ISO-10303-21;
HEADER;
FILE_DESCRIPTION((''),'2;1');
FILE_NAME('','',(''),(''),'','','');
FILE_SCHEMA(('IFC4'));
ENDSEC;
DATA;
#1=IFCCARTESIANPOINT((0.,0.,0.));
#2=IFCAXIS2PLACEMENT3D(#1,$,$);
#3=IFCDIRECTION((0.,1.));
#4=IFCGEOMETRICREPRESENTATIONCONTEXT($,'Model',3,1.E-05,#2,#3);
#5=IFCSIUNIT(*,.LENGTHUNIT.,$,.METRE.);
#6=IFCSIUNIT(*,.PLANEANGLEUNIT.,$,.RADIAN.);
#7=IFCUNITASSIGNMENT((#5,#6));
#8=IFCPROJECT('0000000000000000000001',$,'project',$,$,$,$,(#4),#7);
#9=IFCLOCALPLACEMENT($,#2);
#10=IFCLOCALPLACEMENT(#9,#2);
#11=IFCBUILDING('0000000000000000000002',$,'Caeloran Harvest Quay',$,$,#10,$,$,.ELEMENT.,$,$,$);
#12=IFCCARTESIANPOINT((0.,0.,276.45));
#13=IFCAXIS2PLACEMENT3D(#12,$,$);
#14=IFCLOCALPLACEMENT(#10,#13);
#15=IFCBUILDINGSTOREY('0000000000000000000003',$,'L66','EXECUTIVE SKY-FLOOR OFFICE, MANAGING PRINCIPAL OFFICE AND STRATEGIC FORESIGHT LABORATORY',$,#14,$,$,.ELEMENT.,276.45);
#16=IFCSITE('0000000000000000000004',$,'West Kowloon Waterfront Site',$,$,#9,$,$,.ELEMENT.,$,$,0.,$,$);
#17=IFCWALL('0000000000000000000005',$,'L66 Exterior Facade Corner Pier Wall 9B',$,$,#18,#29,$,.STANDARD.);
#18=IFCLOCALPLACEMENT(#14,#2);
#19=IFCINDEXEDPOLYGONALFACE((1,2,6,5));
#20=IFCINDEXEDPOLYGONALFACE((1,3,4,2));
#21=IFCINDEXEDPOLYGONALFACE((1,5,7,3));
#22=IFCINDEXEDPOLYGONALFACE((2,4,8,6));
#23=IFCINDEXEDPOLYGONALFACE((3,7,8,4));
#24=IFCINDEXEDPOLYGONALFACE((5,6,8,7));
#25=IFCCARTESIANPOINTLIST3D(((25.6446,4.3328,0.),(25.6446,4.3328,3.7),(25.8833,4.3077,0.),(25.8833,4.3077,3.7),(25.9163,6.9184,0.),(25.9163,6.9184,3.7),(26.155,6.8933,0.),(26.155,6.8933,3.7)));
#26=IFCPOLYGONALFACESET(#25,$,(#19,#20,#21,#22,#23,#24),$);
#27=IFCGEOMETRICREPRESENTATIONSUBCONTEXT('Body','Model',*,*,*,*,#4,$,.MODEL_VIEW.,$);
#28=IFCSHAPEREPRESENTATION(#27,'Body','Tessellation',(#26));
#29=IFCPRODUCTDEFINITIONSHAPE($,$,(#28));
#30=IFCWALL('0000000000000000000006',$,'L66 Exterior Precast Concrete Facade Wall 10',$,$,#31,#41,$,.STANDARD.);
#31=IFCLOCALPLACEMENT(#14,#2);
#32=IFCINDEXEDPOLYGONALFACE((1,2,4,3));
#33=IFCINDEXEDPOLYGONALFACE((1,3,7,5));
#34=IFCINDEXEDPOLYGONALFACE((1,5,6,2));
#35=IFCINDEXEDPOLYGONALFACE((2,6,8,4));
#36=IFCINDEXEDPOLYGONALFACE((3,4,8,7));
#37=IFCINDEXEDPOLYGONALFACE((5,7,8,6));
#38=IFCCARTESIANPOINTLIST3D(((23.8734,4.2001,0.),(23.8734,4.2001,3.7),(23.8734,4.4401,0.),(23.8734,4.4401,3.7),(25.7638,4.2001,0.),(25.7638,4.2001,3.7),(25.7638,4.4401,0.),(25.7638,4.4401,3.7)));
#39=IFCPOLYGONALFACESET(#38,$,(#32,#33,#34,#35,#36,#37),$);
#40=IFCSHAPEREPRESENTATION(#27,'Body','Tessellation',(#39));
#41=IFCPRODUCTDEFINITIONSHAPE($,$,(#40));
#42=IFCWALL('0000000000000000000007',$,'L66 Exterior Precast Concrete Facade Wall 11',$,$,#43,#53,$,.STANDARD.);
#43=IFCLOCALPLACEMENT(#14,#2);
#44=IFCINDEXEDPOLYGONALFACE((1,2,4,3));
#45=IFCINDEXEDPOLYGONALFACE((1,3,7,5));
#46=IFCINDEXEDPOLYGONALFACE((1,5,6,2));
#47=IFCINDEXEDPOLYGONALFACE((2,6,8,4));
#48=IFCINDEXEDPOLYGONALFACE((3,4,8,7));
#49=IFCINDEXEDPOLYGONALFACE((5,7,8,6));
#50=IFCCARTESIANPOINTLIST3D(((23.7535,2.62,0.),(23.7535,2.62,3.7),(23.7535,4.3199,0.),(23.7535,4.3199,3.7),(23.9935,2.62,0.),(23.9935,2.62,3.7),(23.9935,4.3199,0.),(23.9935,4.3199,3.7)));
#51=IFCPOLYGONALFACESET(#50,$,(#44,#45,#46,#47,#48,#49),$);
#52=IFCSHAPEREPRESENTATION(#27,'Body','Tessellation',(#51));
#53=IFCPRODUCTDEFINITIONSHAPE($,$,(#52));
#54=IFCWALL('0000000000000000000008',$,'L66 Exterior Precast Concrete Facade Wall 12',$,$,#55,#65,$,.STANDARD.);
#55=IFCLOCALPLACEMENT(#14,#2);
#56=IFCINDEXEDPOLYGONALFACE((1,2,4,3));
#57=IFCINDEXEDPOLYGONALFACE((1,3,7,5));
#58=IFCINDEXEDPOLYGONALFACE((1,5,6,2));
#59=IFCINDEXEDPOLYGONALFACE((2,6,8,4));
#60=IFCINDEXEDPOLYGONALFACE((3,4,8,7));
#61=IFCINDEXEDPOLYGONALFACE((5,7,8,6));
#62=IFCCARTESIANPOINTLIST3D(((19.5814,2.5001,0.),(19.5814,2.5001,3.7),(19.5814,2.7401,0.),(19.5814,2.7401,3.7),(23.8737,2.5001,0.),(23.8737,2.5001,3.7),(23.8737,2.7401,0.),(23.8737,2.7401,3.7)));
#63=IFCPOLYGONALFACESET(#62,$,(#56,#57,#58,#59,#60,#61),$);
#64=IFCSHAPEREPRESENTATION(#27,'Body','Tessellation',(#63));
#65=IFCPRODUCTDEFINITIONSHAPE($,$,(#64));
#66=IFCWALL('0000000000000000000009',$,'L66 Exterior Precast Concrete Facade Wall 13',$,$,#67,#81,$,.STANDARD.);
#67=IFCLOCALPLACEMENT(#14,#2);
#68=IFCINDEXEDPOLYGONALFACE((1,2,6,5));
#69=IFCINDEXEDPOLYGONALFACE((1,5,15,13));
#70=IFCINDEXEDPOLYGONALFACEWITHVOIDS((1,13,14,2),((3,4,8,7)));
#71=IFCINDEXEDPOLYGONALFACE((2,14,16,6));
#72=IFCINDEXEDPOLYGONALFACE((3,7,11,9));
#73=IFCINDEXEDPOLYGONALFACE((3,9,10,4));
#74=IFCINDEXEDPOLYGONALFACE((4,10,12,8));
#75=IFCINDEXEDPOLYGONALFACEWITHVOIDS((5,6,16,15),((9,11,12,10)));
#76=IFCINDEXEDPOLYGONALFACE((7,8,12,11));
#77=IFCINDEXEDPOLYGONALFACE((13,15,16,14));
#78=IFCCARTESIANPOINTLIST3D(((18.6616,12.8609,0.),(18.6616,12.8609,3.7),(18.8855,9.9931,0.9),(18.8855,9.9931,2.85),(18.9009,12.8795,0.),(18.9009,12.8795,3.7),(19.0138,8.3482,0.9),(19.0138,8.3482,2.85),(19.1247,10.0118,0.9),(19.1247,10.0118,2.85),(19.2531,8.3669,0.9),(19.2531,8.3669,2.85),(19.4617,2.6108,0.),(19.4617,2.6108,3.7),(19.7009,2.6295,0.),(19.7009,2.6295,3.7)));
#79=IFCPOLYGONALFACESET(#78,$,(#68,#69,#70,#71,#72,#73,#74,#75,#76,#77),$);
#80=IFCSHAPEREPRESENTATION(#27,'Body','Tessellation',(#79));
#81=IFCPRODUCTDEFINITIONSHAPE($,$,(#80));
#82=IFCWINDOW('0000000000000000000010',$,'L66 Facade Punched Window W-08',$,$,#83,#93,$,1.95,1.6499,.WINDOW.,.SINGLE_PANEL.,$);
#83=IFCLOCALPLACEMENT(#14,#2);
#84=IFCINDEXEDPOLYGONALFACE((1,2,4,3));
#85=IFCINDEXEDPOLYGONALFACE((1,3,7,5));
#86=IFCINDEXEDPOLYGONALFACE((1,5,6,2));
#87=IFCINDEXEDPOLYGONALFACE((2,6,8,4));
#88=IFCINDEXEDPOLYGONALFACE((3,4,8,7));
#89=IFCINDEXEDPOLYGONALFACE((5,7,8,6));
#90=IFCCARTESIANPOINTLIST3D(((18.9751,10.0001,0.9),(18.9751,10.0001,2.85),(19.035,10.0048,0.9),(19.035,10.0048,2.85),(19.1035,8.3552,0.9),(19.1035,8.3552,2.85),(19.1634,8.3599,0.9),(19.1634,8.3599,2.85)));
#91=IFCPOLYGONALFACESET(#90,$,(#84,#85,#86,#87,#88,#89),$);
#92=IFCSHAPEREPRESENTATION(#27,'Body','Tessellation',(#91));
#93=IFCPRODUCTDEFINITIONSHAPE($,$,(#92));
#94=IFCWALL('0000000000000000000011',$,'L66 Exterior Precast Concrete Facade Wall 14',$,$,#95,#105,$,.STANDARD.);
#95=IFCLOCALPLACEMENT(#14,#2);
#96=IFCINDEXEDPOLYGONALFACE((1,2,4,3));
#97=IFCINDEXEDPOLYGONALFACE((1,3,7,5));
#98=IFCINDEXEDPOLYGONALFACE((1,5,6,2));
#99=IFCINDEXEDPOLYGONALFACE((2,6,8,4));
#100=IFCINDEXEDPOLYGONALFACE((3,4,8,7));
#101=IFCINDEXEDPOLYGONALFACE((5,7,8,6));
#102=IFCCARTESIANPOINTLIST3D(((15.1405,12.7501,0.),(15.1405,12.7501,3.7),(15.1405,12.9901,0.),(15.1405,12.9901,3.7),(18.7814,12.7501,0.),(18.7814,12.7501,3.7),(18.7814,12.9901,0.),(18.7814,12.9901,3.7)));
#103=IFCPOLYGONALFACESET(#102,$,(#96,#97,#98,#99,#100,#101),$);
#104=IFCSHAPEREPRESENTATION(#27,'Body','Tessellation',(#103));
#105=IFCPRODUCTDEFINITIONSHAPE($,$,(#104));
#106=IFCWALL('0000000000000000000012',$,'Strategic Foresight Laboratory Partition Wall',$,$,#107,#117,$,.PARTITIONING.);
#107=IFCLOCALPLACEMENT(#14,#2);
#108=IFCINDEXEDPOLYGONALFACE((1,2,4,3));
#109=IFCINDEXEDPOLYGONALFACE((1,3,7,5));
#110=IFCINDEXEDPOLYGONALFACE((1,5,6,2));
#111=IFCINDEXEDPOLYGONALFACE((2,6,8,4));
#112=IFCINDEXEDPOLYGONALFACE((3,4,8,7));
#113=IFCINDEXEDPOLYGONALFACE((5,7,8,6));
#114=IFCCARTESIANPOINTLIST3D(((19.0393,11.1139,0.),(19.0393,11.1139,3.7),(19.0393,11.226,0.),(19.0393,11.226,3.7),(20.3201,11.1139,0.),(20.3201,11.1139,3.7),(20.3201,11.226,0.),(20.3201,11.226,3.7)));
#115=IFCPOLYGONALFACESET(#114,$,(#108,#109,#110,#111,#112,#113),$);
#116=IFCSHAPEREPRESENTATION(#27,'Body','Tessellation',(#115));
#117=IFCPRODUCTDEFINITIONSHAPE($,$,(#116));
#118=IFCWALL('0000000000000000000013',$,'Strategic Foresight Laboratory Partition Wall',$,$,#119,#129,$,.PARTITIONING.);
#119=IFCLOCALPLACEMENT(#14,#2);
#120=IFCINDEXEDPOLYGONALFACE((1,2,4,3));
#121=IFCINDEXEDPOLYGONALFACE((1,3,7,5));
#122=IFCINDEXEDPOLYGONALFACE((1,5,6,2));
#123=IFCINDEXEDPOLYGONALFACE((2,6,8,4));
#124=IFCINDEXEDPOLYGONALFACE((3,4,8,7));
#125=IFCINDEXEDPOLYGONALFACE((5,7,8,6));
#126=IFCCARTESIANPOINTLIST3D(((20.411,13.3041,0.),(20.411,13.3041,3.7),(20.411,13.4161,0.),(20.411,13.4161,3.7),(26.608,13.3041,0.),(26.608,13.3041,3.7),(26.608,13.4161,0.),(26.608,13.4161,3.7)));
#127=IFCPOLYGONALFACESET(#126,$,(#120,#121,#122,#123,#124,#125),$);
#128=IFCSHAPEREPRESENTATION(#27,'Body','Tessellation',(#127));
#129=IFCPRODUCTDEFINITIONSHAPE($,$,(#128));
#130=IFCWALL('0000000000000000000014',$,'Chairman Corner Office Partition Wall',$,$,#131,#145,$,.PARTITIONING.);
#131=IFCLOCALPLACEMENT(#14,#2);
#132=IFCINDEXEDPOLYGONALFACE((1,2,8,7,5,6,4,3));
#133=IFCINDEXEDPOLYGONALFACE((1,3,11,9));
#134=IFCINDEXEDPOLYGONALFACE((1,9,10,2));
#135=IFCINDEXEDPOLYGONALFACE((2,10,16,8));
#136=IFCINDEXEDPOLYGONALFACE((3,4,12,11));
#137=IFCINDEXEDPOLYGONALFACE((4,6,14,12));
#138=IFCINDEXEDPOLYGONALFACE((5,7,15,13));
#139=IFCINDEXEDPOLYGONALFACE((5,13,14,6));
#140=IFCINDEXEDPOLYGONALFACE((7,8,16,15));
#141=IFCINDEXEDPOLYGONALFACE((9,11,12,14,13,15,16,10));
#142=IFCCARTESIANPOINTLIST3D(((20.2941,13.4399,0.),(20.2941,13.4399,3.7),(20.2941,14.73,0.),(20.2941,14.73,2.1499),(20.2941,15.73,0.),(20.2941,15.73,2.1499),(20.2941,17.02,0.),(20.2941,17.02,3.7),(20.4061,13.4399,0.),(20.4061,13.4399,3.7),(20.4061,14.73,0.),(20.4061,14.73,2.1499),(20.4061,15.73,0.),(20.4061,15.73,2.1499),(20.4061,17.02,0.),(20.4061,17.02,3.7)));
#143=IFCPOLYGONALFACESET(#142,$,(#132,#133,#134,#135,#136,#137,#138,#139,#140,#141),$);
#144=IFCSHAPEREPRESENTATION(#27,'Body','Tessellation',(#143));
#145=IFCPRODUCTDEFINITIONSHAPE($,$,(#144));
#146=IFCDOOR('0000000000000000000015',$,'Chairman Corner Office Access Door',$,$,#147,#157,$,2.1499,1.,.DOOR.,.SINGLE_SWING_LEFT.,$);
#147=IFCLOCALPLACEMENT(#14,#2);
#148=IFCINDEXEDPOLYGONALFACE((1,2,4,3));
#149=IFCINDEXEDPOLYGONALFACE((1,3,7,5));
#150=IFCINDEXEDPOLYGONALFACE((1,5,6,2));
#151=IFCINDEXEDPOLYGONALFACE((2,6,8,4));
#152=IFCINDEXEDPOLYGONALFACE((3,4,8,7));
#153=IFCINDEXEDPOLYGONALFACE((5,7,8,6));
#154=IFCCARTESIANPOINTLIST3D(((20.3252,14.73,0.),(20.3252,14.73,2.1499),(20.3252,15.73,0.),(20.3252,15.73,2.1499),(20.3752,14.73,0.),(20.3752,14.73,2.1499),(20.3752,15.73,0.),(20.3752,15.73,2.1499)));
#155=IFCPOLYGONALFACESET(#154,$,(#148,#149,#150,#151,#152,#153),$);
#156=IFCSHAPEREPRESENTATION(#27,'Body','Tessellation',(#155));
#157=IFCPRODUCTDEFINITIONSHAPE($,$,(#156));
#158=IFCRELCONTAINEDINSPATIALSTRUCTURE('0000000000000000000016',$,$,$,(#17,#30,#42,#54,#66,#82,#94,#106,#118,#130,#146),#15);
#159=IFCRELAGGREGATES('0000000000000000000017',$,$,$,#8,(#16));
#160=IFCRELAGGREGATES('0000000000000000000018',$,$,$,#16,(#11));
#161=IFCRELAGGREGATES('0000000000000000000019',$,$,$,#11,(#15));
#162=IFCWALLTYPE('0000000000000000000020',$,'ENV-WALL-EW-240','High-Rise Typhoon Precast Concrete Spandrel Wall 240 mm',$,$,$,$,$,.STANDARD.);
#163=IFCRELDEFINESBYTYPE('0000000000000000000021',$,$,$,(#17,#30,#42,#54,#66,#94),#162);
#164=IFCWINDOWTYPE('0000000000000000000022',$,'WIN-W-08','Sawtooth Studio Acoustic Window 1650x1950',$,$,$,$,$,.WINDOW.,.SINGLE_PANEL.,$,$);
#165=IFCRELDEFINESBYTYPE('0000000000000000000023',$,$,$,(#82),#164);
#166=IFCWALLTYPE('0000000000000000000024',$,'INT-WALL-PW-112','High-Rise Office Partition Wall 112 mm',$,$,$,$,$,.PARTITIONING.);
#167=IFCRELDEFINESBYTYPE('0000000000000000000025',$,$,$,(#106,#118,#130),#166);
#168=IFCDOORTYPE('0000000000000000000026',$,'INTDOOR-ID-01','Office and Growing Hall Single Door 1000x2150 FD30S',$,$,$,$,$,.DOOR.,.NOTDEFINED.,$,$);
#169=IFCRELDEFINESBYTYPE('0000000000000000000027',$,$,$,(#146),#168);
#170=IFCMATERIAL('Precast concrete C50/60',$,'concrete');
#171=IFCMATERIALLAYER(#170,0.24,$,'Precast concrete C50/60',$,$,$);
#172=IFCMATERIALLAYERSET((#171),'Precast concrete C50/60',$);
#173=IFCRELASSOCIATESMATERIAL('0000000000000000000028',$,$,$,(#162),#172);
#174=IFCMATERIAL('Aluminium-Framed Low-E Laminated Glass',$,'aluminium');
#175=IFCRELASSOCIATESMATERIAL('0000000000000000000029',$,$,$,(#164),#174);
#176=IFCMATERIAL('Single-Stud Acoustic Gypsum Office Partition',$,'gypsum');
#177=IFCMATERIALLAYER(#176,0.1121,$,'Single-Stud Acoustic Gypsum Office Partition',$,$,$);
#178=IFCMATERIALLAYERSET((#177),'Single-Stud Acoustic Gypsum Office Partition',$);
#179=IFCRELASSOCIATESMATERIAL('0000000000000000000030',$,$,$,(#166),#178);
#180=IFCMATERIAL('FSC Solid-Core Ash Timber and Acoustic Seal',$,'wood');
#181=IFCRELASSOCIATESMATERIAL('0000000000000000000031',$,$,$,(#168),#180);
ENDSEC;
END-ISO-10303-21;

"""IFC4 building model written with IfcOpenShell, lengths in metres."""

from ifc_helpers import new_model, si_unit, direction, frame, frame_2d, origin, place, context, subcontext, project, spatial, rectangle, extrude, material, layer, layer_set, type_object, element, fill, save


model = new_model("IFC4")

# Units and contexts
model_context = context("Model", 3, precision=1e-05, world=origin(), true_north=direction((0.0, 1.0)))
body_context = subcontext(model_context, "Body", "Model", "MODEL_VIEW")
ifc_project = project(units=[si_unit("LENGTHUNIT", "METRE"), si_unit("PLANEANGLEUNIT", "RADIAN")], contexts=[model_context])

# Site, building, storey
site_placement = place(None, origin())
site = spatial("IfcSite", under=ifc_project, at=site_placement, Name="West Kowloon Waterfront Site", CompositionType="ELEMENT", RefElevation=0.0)
building_placement = place(site_placement, origin())
building = spatial("IfcBuilding", under=site, at=building_placement, Name="Caeloran Harvest Quay", CompositionType="ELEMENT")
storey_placement = place(building_placement, frame((0.0, 0.0, 276.45)))
storey = spatial("IfcBuildingStorey", under=building, at=storey_placement, Name="L66", Description="EXECUTIVE SKY-FLOOR OFFICE, MANAGING PRINCIPAL OFFICE AND STRATEGIC FORESIGHT LABORATORY", CompositionType="ELEMENT", Elevation=276.45)

# Walls
ifc_material_1 = material(Name="Precast concrete C50/60", Category="concrete")
ifc_layer_1 = layer(ifc_material_1, 0.24, Name="Precast concrete C50/60")
ifc_layer_set_1 = layer_set([ifc_layer_1], Name="Precast concrete C50/60")
wall_type_1 = type_object("IfcWallType", Name="ENV-WALL-EW-240", Description="High-Rise Typhoon Precast Concrete Spandrel Wall 240 mm", PredefinedType="STANDARD", material=ifc_layer_set_1)
wall_1_placement = place(storey_placement, frame((26.0356, 6.9058, 0.0), z_axis=(0.0, 0.0, 1.0), x_axis=(-0.104514, -0.994523, 0.0)))
element("IfcWall", 1, at=wall_1_placement, inside=storey, type_object=wall_type_1, Name="L66 Exterior Facade Corner Pier Wall 9B", PredefinedType="STANDARD", context=body_context, shape_type="SweptSolid", body=[
    extrude(rectangle(XDim=2.5999, YDim=0.24, at=frame_2d((1.2998, 0.0))), origin(), (0.0, 0.0, 1.0), 3.7),
])
wall_2_placement = place(storey_placement, frame((25.7639, 4.3201, 0.0), z_axis=(0.0, 0.0, 1.0), x_axis=(-1.0, 0.0, 0.0)))
element("IfcWall", 2, at=wall_2_placement, inside=storey, type_object=wall_type_1, Name="L66 Exterior Precast Concrete Facade Wall 10", PredefinedType="STANDARD", context=body_context, shape_type="SweptSolid", body=[
    extrude(rectangle(XDim=1.8904, YDim=0.24, at=frame_2d((0.9453, 0.0))), origin(), (0.0, 0.0, 1.0), 3.7),
])
wall_3_placement = place(storey_placement, frame((23.8735, 4.3201, 0.0), z_axis=(0.0, 0.0, 1.0), x_axis=(0.0, -1.0, 0.0)))
element("IfcWall", 3, at=wall_3_placement, inside=storey, type_object=wall_type_1, Name="L66 Exterior Precast Concrete Facade Wall 11", PredefinedType="STANDARD", context=body_context, shape_type="SweptSolid", body=[
    extrude(rectangle(XDim=1.7, YDim=0.24, at=frame_2d((0.8501, 0.0))), origin(), (0.0, 0.0, 1.0), 3.7),
])
wall_4_placement = place(storey_placement, frame((23.8735, 2.6201, 0.0), z_axis=(0.0, 0.0, 1.0), x_axis=(-1.0, 0.0, 0.0)))
element("IfcWall", 4, at=wall_4_placement, inside=storey, type_object=wall_type_1, Name="L66 Exterior Precast Concrete Facade Wall 12", PredefinedType="STANDARD", context=body_context, shape_type="SweptSolid", body=[
    extrude(rectangle(XDim=4.2922, YDim=0.24, at=frame_2d((2.146, 0.0))), origin(), (0.0, 0.0, 1.0), 3.7),
])

# Wall, opening, window
wall_5_placement = place(storey_placement, frame((19.5813, 2.6201, 0.0), z_axis=(0.0, 0.0, 1.0), x_axis=(-0.077817, 0.996968, 0.0)))
wall_5 = element("IfcWall", 5, at=wall_5_placement, inside=storey, type_object=wall_type_1, Name="L66 Exterior Precast Concrete Facade Wall 13", PredefinedType="STANDARD", context=body_context, shape_type="SweptSolid", body=[
    extrude(rectangle(XDim=10.2812, YDim=0.24, at=frame_2d((5.1406, 0.0))), origin(), (0.0, 0.0, 1.0), 3.7),
])
opening_1_placement = place(wall_5_placement, frame((5.7549, 0.0, 0.8999)))
opening_1 = element("IfcOpeningElement", 6, at=opening_1_placement, cuts=wall_5, PredefinedType="OPENING", context=body_context, shape_type="SweptSolid", body=[
    extrude(rectangle(XDim=1.6499, YDim=1.95, at=frame_2d((0.825, 0.9751))), frame((0.0, 0.1299, 0.0), z_axis=(0.0, -1.0, 0.0), x_axis=(1.0, 0.0, 0.0)), (0.0, 0.0, 1.0), 0.26),
])
ifc_material_2 = material(Name="Aluminium-Framed Low-E Laminated Glass", Category="aluminium")
window_type = type_object("IfcWindowType", Name="WIN-W-08", Description="Sawtooth Studio Acoustic Window 1650x1950", PartitioningType="SINGLE_PANEL", PredefinedType="WINDOW", material=ifc_material_2)
window_placement = place(opening_1_placement, origin())
window = element("IfcWindow", 7, at=window_placement, inside=storey, type_object=window_type, Name="L66 Facade Punched Window W-08", OverallHeight=1.95, OverallWidth=1.6499, PartitioningType="SINGLE_PANEL", PredefinedType="WINDOW", context=body_context, shape_type="SweptSolid", body=[
    extrude(rectangle(XDim=1.6499, YDim=1.95, at=frame_2d((0.825, 0.9751))), frame((0.0, 0.03, 0.0), z_axis=(0.0, -1.0, 0.0), x_axis=(1.0, 0.0, 0.0)), (0.0, 0.0, 1.0), 0.0601),
])
fill(opening_1, window)

# Walls
wall_6_placement = place(storey_placement, frame((18.7812, 12.8701, 0.0), z_axis=(0.0, 0.0, 1.0), x_axis=(-1.0, 0.0, 0.0)))
element("IfcWall", 8, at=wall_6_placement, inside=storey, type_object=wall_type_1, Name="L66 Exterior Precast Concrete Facade Wall 14", PredefinedType="STANDARD", context=body_context, shape_type="SweptSolid", body=[
    extrude(rectangle(XDim=3.6409, YDim=0.24, at=frame_2d((1.8203, 0.0))), origin(), (0.0, 0.0, 1.0), 3.7),
])
ifc_material_3 = material(Name="Single-Stud Acoustic Gypsum Office Partition", Category="gypsum")
ifc_layer_2 = layer(ifc_material_3, 0.1121, Name="Single-Stud Acoustic Gypsum Office Partition")
ifc_layer_set_2 = layer_set([ifc_layer_2], Name="Single-Stud Acoustic Gypsum Office Partition")
wall_type_2 = type_object("IfcWallType", Name="INT-WALL-PW-112", Description="High-Rise Office Partition Wall 112 mm", PredefinedType="PARTITIONING", material=ifc_layer_set_2)
wall_7_placement = place(storey_placement, frame((19.0393, 11.1699, 0.0), z_axis=(0.0, 0.0, 1.0), x_axis=(1.0, 0.0, 0.0)))
element("IfcWall", 9, at=wall_7_placement, inside=storey, type_object=wall_type_2, Name="Strategic Foresight Laboratory Partition Wall", PredefinedType="PARTITIONING", context=body_context, shape_type="SweptSolid", body=[
    extrude(rectangle(XDim=1.2808, YDim=0.1121, at=frame_2d((0.6404, 0.0))), origin(), (0.0, 0.0, 1.0), 3.7),
])

# Shared definitions
ifc_material_4 = material(Name="FSC Solid-Core Ash Timber and Acoustic Seal", Category="wood")
door_type = type_object("IfcDoorType", Name="INTDOOR-ID-01", Description="Office and Growing Hall Single Door 1000x2150 FD30S", OperationType="NOTDEFINED", PredefinedType="DOOR", material=ifc_material_4)

# Wall
wall_8_placement = place(storey_placement, frame((20.4109, 13.3601, 0.0), z_axis=(0.0, 0.0, 1.0), x_axis=(1.0, 0.0, 0.0)))
element("IfcWall", 10, at=wall_8_placement, inside=storey, type_object=wall_type_2, Name="Strategic Foresight Laboratory Partition Wall", PredefinedType="PARTITIONING", context=body_context, shape_type="SweptSolid", body=[
    extrude(rectangle(XDim=6.197, YDim=0.1121, at=frame_2d((3.0986, 0.0))), origin(), (0.0, 0.0, 1.0), 3.7),
])

# Wall, opening, door
wall_9_placement = place(storey_placement, frame((20.3501, 13.4399, 0.0), z_axis=(0.0, 0.0, 1.0), x_axis=(0.0, 1.0, 0.0)))
wall_9 = element("IfcWall", 11, at=wall_9_placement, inside=storey, type_object=wall_type_2, Name="Chairman Corner Office Partition Wall", PredefinedType="PARTITIONING", context=body_context, shape_type="SweptSolid", body=[
    extrude(rectangle(XDim=3.5801, YDim=0.1121, at=frame_2d((1.79, 0.0))), origin(), (0.0, 0.0, 1.0), 3.7),
])
opening_2_placement = place(wall_9_placement, frame((1.29, 0.0, 0.0)))
opening_2 = element("IfcOpeningElement", 12, at=opening_2_placement, cuts=wall_9, PredefinedType="OPENING", context=body_context, shape_type="SweptSolid", body=[
    extrude(rectangle(XDim=1.0, YDim=2.1499, at=frame_2d((0.5, 1.075))), frame((0.0, 0.0659, 0.0), z_axis=(0.0, -1.0, 0.0), x_axis=(1.0, 0.0, 0.0)), (0.0, 0.0, 1.0), 0.1321),
])
door_1_placement = place(opening_2_placement, origin())
door_1 = element("IfcDoor", 13, at=door_1_placement, inside=storey, type_object=door_type, Name="Chairman Corner Office Access Door", OperationType="SINGLE_SWING_LEFT", OverallHeight=2.1499, OverallWidth=1.0, PredefinedType="DOOR", context=body_context, shape_type="SweptSolid", body=[
    extrude(rectangle(XDim=1.0, YDim=2.1499, at=frame_2d((0.5, 1.075))), frame((0.0, 0.0249, 0.0), z_axis=(0.0, -1.0, 0.0), x_axis=(1.0, 0.0, 0.0)), (0.0, 0.0, 1.0), 0.05),
])
fill(opening_2, door_1)

save(model, "model.ifc")
